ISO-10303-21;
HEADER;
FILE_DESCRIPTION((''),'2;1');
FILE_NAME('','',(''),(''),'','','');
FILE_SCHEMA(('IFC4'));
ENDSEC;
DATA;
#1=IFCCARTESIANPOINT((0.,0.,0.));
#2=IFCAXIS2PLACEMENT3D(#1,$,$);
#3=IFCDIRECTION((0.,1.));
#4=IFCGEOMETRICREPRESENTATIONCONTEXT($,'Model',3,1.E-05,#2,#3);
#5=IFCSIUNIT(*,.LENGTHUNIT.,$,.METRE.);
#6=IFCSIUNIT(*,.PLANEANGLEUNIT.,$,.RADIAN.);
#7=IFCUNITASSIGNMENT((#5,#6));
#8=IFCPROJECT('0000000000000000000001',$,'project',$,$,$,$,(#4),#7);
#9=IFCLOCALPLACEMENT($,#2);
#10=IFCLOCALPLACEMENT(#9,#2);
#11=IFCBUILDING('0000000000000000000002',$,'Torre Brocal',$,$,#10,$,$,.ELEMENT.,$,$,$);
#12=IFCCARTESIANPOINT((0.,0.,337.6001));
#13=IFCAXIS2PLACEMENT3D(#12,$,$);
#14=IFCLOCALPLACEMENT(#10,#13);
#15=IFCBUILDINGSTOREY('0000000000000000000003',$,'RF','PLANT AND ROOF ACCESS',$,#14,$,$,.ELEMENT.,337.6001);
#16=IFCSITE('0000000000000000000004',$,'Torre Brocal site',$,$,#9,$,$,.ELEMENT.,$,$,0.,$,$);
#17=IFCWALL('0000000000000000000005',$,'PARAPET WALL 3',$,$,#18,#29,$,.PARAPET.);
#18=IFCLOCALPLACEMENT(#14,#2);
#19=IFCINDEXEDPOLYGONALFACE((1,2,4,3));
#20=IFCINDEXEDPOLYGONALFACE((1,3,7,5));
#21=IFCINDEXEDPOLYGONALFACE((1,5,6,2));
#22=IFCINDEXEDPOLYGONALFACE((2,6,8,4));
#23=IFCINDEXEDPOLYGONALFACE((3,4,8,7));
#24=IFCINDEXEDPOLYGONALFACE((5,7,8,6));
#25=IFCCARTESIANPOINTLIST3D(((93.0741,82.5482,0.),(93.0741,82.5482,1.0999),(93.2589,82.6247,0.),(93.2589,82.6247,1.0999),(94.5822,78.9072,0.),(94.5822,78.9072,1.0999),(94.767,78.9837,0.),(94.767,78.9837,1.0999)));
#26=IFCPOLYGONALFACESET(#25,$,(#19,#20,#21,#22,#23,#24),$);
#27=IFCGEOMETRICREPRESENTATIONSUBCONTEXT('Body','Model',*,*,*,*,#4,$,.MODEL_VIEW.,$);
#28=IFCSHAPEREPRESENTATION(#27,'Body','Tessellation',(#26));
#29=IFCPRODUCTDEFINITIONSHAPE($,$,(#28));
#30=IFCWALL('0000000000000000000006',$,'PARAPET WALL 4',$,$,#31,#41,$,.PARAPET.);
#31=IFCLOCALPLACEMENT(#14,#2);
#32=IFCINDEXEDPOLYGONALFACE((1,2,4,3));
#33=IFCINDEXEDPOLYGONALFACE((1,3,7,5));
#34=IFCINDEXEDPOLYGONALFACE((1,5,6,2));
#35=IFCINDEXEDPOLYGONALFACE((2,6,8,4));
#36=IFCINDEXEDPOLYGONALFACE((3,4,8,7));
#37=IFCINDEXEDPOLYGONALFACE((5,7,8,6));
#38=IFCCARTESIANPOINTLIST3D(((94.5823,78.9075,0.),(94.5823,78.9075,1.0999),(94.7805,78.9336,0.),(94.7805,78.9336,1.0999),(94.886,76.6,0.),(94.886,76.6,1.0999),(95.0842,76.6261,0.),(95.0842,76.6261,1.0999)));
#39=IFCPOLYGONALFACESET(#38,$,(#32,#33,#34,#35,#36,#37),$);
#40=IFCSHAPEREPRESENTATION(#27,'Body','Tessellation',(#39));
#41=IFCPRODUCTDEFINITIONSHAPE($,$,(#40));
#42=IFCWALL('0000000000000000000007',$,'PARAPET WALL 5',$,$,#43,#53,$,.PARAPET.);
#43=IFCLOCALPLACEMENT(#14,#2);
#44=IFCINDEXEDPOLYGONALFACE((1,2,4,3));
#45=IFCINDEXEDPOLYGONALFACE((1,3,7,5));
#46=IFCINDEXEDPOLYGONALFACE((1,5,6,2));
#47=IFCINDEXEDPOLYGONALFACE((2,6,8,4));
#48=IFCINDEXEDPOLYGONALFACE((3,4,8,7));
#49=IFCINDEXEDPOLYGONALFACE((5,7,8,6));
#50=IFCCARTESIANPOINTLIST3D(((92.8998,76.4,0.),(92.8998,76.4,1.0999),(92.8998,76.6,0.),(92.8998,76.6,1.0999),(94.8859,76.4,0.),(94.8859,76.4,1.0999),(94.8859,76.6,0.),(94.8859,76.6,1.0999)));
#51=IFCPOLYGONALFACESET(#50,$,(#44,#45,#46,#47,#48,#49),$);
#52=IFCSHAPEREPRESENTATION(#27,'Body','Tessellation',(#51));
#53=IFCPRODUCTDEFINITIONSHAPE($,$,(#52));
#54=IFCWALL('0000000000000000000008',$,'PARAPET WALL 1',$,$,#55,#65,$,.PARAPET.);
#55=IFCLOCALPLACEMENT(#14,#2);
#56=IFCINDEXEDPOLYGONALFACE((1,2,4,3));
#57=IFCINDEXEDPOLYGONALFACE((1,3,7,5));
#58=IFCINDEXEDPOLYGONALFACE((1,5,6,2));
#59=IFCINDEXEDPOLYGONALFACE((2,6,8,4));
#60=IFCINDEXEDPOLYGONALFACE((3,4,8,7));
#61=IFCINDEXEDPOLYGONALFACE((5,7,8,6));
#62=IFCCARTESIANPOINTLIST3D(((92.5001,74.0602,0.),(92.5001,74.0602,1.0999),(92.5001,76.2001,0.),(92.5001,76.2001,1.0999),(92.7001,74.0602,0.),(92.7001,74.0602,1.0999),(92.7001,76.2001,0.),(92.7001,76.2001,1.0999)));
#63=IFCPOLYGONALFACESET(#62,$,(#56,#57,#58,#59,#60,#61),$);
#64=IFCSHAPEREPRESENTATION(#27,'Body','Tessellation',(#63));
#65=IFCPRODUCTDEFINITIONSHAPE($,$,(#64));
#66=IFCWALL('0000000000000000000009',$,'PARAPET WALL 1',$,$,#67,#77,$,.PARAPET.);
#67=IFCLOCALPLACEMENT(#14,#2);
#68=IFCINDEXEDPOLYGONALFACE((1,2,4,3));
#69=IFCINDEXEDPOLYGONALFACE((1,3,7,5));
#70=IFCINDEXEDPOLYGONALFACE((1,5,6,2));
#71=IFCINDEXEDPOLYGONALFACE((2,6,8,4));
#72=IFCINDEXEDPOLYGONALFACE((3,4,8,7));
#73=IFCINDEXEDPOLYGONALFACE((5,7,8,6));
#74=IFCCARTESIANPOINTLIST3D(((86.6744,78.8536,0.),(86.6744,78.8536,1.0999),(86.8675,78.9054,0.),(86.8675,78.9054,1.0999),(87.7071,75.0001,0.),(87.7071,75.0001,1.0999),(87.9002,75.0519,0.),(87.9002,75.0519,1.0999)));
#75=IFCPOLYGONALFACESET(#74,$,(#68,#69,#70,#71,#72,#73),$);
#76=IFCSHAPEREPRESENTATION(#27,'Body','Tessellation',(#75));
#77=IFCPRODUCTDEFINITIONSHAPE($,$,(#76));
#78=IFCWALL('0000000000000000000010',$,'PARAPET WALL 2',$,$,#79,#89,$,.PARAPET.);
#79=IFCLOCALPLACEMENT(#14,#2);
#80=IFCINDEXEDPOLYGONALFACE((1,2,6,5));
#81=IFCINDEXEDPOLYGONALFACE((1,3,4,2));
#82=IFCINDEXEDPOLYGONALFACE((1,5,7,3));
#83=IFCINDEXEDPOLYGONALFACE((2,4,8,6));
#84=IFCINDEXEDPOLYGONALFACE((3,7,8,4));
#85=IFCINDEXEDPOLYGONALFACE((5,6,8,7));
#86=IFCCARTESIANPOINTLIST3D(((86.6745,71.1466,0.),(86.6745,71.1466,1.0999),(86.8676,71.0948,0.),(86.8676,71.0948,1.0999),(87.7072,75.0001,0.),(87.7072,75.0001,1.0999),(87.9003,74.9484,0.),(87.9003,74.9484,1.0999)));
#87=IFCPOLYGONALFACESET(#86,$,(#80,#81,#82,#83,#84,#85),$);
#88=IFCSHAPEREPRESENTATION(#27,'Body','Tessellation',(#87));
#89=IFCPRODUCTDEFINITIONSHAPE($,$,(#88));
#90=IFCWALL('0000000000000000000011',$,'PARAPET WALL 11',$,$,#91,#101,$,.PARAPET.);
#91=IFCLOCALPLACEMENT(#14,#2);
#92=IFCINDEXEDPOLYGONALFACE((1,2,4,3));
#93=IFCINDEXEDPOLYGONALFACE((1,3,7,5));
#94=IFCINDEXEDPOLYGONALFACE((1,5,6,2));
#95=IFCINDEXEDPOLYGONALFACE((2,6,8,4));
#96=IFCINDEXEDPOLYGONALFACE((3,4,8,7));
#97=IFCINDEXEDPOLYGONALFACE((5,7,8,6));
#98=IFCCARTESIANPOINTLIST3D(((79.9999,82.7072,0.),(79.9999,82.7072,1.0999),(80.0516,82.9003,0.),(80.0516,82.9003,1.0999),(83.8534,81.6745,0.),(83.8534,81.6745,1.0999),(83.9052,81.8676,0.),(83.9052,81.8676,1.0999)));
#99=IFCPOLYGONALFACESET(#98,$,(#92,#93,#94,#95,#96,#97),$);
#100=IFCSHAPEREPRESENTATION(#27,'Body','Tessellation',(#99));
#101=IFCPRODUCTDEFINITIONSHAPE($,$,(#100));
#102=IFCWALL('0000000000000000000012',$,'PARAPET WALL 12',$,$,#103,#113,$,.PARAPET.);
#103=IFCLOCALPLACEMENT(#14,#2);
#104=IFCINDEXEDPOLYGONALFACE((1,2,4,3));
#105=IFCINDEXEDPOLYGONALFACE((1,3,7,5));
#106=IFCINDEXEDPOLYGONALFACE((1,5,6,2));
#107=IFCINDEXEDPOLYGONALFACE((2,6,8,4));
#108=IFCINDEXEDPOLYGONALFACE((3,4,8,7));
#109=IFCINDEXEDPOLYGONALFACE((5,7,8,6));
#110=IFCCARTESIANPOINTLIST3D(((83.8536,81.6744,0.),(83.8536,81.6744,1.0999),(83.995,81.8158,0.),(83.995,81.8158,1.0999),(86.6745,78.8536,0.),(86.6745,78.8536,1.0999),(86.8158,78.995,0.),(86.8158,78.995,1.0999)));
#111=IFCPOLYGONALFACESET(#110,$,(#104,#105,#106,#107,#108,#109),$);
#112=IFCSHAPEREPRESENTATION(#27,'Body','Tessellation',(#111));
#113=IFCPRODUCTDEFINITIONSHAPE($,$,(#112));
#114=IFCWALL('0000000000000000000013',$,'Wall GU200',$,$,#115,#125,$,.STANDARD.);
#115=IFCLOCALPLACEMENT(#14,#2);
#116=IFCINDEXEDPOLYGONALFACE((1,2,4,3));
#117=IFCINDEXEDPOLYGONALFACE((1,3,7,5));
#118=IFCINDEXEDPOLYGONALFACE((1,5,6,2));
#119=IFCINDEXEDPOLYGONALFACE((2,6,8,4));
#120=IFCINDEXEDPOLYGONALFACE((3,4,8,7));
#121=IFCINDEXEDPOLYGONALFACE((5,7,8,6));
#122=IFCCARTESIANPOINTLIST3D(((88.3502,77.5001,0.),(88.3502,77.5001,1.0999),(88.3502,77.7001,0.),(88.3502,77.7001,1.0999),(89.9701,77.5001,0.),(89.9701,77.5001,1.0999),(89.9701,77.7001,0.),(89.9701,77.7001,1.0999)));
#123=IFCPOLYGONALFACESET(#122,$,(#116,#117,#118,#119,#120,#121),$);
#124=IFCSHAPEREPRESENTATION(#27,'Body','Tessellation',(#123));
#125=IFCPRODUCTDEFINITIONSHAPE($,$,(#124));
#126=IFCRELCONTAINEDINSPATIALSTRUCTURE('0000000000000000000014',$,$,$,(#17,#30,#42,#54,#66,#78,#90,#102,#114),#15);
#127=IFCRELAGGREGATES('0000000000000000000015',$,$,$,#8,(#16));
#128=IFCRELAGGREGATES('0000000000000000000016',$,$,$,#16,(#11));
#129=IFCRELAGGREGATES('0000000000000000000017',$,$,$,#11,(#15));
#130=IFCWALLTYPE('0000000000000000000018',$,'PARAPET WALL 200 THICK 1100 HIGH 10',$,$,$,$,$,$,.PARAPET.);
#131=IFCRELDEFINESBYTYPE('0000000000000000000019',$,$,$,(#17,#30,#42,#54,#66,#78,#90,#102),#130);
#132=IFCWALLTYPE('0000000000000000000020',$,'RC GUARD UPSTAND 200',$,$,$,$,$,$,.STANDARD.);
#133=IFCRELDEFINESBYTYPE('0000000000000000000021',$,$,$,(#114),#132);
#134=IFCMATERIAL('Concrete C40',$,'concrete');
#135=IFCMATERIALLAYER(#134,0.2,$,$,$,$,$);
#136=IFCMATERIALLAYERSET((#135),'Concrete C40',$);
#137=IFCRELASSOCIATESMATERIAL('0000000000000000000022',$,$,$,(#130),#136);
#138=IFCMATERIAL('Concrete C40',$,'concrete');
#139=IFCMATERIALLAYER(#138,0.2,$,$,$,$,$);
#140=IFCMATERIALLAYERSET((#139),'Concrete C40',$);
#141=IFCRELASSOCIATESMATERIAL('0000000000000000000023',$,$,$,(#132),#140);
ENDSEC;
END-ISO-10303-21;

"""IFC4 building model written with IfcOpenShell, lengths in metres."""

from ifc_helpers import new_model, si_unit, direction, frame, frame_2d, origin, place, context, subcontext, project, spatial, rectangle, extrude, material, layer, layer_set, type_object, element, save


model = new_model("IFC4")

# Units and contexts
model_context = context("Model", 3, precision=1e-05, world=origin(), true_north=direction((0.0, 1.0)))
body_context = subcontext(model_context, "Body", "Model", "MODEL_VIEW")
ifc_project = project(units=[si_unit("LENGTHUNIT", "METRE"), si_unit("PLANEANGLEUNIT", "RADIAN")], contexts=[model_context])

# Site, building, storey
site_placement = place(None, origin())
site = spatial("IfcSite", under=ifc_project, at=site_placement, Name="Torre Brocal site", CompositionType="ELEMENT", RefElevation=0.0)
building_placement = place(site_placement, origin())
building = spatial("IfcBuilding", under=site, at=building_placement, Name="Torre Brocal", CompositionType="ELEMENT")
storey_placement = place(building_placement, frame((0.0, 0.0, 337.6001)))
storey = spatial("IfcBuildingStorey", under=building, at=storey_placement, Name="RF", Description="PLANT AND ROOF ACCESS", CompositionType="ELEMENT", Elevation=337.6001)

# Walls
ifc_material_1 = material(Name="Concrete C40", Category="concrete")
ifc_layer_1 = layer(ifc_material_1, 0.2)
ifc_layer_set_1 = layer_set([ifc_layer_1], Name="Concrete C40")
wall_type_1 = type_object("IfcWallType", Name="PARAPET WALL 200 THICK 1100 HIGH 10", PredefinedType="PARAPET", material=ifc_layer_set_1)
wall_1_placement = place(storey_placement, frame((93.1665, 82.5864, 0.0), z_axis=(0.0, 0.0, 1.0), x_axis=(0.382675, -0.923883, 0.0)))
element("IfcWall", 1, at=wall_1_placement, inside=storey, type_object=wall_type_1, Name="PARAPET WALL 3", PredefinedType="PARAPET", context=body_context, shape_type="SweptSolid", body=[
    extrude(rectangle(XDim=3.9409, YDim=0.2, at=frame_2d((1.9705, 0.0))), origin(), (0.0, 0.0, 1.0), 1.0999),
])
wall_2_placement = place(storey_placement, frame((94.6814, 78.9204, 0.0), z_axis=(0.0, 0.0, 1.0), x_axis=(0.130501, -0.991448, 0.0)))
element("IfcWall", 2, at=wall_2_placement, inside=storey, type_object=wall_type_1, Name="PARAPET WALL 4", PredefinedType="PARAPET", context=body_context, shape_type="SweptSolid", body=[
    extrude(rectangle(XDim=2.3274, YDim=0.2, at=frame_2d((1.1636, 0.0))), origin(), (0.0, 0.0, 1.0), 1.0999),
])
wall_3_placement = place(storey_placement, frame((94.886, 76.5, 0.0), z_axis=(0.0, 0.0, 1.0), x_axis=(-1.0, 0.0, 0.0)))
element("IfcWall", 3, at=wall_3_placement, inside=storey, type_object=wall_type_1, Name="PARAPET WALL 5", PredefinedType="PARAPET", context=body_context, shape_type="SweptSolid", body=[
    extrude(rectangle(XDim=1.9861, YDim=0.2, at=frame_2d((0.9932, 0.0))), origin(), (0.0, 0.0, 1.0), 1.0999),
])
wall_4_placement = place(storey_placement, frame((92.6001, 76.2, 0.0), z_axis=(0.0, 0.0, 1.0), x_axis=(0.0, -1.0, 0.0)))
element("IfcWall", 4, at=wall_4_placement, inside=storey, type_object=wall_type_1, Name="PARAPET WALL 1", PredefinedType="PARAPET", context=body_context, shape_type="SweptSolid", body=[
    extrude(rectangle(XDim=2.1399, YDim=0.2, at=frame_2d((1.0698, 0.0))), origin(), (0.0, 0.0, 1.0), 1.0999),
])
for number, where, z_axis, x_axis, name in (
    (5, (86.771, 78.8794, 0.0), (0.0, 0.0, 1.0), (0.258858, -0.965915, 0.0), "PARAPET WALL 1"),
    (6, (87.8037, 74.9741, 0.0), (0.0, 0.0, 1.0), (-0.258858, -0.965915, 0.0), "PARAPET WALL 2"),
    (7, (80.0259, 82.8037, 0.0), (0.0, 0.0, 1.0), (0.965915, -0.258858, 0.0), "PARAPET WALL 11"),
):
    element("IfcWall", number, at=place(storey_placement, frame(where, z_axis=z_axis, x_axis=x_axis)), inside=storey, type_object=wall_type_1, Name=name, PredefinedType="PARAPET", context=body_context, shape_type="SweptSolid", body=[
        extrude(rectangle(XDim=3.9895, YDim=0.2, at=frame_2d((1.9946, 0.0))), origin(), (0.0, 0.0, 1.0), 1.0999),
    ])
wall_5_placement = place(storey_placement, frame((83.9243, 81.7451, 0.0), z_axis=(0.0, 0.0, 1.0), x_axis=(0.707107, -0.707107, 0.0)))
element("IfcWall", 8, at=wall_5_placement, inside=storey, type_object=wall_type_1, Name="PARAPET WALL 12", PredefinedType="PARAPET", context=body_context, shape_type="SweptSolid", body=[
    extrude(rectangle(XDim=3.9893, YDim=0.2, at=frame_2d((1.9946, 0.0))), origin(), (0.0, 0.0, 1.0), 1.0999),
])
ifc_material_2 = material(Name="Concrete C40", Category="concrete")
ifc_layer_2 = layer(ifc_material_2, 0.2)
ifc_layer_set_2 = layer_set([ifc_layer_2], Name="Concrete C40")
wall_type_2 = type_object("IfcWallType", Name="RC GUARD UPSTAND 200", PredefinedType="STANDARD", material=ifc_layer_set_2)
wall_6_placement = place(storey_placement, frame((88.3501, 77.6001, 0.0), z_axis=(0.0, 0.0, 1.0), x_axis=(1.0, 0.0, 0.0)))
element("IfcWall", 9, at=wall_6_placement, inside=storey, type_object=wall_type_2, Name="Wall GU200", PredefinedType="STANDARD", context=body_context, shape_type="SweptSolid", body=[
    extrude(rectangle(XDim=1.6199, YDim=0.2, at=frame_2d((0.8101, 0.0))), origin(), (0.0, 0.0, 1.0), 1.0999),
])

save(model, "model.ifc")
